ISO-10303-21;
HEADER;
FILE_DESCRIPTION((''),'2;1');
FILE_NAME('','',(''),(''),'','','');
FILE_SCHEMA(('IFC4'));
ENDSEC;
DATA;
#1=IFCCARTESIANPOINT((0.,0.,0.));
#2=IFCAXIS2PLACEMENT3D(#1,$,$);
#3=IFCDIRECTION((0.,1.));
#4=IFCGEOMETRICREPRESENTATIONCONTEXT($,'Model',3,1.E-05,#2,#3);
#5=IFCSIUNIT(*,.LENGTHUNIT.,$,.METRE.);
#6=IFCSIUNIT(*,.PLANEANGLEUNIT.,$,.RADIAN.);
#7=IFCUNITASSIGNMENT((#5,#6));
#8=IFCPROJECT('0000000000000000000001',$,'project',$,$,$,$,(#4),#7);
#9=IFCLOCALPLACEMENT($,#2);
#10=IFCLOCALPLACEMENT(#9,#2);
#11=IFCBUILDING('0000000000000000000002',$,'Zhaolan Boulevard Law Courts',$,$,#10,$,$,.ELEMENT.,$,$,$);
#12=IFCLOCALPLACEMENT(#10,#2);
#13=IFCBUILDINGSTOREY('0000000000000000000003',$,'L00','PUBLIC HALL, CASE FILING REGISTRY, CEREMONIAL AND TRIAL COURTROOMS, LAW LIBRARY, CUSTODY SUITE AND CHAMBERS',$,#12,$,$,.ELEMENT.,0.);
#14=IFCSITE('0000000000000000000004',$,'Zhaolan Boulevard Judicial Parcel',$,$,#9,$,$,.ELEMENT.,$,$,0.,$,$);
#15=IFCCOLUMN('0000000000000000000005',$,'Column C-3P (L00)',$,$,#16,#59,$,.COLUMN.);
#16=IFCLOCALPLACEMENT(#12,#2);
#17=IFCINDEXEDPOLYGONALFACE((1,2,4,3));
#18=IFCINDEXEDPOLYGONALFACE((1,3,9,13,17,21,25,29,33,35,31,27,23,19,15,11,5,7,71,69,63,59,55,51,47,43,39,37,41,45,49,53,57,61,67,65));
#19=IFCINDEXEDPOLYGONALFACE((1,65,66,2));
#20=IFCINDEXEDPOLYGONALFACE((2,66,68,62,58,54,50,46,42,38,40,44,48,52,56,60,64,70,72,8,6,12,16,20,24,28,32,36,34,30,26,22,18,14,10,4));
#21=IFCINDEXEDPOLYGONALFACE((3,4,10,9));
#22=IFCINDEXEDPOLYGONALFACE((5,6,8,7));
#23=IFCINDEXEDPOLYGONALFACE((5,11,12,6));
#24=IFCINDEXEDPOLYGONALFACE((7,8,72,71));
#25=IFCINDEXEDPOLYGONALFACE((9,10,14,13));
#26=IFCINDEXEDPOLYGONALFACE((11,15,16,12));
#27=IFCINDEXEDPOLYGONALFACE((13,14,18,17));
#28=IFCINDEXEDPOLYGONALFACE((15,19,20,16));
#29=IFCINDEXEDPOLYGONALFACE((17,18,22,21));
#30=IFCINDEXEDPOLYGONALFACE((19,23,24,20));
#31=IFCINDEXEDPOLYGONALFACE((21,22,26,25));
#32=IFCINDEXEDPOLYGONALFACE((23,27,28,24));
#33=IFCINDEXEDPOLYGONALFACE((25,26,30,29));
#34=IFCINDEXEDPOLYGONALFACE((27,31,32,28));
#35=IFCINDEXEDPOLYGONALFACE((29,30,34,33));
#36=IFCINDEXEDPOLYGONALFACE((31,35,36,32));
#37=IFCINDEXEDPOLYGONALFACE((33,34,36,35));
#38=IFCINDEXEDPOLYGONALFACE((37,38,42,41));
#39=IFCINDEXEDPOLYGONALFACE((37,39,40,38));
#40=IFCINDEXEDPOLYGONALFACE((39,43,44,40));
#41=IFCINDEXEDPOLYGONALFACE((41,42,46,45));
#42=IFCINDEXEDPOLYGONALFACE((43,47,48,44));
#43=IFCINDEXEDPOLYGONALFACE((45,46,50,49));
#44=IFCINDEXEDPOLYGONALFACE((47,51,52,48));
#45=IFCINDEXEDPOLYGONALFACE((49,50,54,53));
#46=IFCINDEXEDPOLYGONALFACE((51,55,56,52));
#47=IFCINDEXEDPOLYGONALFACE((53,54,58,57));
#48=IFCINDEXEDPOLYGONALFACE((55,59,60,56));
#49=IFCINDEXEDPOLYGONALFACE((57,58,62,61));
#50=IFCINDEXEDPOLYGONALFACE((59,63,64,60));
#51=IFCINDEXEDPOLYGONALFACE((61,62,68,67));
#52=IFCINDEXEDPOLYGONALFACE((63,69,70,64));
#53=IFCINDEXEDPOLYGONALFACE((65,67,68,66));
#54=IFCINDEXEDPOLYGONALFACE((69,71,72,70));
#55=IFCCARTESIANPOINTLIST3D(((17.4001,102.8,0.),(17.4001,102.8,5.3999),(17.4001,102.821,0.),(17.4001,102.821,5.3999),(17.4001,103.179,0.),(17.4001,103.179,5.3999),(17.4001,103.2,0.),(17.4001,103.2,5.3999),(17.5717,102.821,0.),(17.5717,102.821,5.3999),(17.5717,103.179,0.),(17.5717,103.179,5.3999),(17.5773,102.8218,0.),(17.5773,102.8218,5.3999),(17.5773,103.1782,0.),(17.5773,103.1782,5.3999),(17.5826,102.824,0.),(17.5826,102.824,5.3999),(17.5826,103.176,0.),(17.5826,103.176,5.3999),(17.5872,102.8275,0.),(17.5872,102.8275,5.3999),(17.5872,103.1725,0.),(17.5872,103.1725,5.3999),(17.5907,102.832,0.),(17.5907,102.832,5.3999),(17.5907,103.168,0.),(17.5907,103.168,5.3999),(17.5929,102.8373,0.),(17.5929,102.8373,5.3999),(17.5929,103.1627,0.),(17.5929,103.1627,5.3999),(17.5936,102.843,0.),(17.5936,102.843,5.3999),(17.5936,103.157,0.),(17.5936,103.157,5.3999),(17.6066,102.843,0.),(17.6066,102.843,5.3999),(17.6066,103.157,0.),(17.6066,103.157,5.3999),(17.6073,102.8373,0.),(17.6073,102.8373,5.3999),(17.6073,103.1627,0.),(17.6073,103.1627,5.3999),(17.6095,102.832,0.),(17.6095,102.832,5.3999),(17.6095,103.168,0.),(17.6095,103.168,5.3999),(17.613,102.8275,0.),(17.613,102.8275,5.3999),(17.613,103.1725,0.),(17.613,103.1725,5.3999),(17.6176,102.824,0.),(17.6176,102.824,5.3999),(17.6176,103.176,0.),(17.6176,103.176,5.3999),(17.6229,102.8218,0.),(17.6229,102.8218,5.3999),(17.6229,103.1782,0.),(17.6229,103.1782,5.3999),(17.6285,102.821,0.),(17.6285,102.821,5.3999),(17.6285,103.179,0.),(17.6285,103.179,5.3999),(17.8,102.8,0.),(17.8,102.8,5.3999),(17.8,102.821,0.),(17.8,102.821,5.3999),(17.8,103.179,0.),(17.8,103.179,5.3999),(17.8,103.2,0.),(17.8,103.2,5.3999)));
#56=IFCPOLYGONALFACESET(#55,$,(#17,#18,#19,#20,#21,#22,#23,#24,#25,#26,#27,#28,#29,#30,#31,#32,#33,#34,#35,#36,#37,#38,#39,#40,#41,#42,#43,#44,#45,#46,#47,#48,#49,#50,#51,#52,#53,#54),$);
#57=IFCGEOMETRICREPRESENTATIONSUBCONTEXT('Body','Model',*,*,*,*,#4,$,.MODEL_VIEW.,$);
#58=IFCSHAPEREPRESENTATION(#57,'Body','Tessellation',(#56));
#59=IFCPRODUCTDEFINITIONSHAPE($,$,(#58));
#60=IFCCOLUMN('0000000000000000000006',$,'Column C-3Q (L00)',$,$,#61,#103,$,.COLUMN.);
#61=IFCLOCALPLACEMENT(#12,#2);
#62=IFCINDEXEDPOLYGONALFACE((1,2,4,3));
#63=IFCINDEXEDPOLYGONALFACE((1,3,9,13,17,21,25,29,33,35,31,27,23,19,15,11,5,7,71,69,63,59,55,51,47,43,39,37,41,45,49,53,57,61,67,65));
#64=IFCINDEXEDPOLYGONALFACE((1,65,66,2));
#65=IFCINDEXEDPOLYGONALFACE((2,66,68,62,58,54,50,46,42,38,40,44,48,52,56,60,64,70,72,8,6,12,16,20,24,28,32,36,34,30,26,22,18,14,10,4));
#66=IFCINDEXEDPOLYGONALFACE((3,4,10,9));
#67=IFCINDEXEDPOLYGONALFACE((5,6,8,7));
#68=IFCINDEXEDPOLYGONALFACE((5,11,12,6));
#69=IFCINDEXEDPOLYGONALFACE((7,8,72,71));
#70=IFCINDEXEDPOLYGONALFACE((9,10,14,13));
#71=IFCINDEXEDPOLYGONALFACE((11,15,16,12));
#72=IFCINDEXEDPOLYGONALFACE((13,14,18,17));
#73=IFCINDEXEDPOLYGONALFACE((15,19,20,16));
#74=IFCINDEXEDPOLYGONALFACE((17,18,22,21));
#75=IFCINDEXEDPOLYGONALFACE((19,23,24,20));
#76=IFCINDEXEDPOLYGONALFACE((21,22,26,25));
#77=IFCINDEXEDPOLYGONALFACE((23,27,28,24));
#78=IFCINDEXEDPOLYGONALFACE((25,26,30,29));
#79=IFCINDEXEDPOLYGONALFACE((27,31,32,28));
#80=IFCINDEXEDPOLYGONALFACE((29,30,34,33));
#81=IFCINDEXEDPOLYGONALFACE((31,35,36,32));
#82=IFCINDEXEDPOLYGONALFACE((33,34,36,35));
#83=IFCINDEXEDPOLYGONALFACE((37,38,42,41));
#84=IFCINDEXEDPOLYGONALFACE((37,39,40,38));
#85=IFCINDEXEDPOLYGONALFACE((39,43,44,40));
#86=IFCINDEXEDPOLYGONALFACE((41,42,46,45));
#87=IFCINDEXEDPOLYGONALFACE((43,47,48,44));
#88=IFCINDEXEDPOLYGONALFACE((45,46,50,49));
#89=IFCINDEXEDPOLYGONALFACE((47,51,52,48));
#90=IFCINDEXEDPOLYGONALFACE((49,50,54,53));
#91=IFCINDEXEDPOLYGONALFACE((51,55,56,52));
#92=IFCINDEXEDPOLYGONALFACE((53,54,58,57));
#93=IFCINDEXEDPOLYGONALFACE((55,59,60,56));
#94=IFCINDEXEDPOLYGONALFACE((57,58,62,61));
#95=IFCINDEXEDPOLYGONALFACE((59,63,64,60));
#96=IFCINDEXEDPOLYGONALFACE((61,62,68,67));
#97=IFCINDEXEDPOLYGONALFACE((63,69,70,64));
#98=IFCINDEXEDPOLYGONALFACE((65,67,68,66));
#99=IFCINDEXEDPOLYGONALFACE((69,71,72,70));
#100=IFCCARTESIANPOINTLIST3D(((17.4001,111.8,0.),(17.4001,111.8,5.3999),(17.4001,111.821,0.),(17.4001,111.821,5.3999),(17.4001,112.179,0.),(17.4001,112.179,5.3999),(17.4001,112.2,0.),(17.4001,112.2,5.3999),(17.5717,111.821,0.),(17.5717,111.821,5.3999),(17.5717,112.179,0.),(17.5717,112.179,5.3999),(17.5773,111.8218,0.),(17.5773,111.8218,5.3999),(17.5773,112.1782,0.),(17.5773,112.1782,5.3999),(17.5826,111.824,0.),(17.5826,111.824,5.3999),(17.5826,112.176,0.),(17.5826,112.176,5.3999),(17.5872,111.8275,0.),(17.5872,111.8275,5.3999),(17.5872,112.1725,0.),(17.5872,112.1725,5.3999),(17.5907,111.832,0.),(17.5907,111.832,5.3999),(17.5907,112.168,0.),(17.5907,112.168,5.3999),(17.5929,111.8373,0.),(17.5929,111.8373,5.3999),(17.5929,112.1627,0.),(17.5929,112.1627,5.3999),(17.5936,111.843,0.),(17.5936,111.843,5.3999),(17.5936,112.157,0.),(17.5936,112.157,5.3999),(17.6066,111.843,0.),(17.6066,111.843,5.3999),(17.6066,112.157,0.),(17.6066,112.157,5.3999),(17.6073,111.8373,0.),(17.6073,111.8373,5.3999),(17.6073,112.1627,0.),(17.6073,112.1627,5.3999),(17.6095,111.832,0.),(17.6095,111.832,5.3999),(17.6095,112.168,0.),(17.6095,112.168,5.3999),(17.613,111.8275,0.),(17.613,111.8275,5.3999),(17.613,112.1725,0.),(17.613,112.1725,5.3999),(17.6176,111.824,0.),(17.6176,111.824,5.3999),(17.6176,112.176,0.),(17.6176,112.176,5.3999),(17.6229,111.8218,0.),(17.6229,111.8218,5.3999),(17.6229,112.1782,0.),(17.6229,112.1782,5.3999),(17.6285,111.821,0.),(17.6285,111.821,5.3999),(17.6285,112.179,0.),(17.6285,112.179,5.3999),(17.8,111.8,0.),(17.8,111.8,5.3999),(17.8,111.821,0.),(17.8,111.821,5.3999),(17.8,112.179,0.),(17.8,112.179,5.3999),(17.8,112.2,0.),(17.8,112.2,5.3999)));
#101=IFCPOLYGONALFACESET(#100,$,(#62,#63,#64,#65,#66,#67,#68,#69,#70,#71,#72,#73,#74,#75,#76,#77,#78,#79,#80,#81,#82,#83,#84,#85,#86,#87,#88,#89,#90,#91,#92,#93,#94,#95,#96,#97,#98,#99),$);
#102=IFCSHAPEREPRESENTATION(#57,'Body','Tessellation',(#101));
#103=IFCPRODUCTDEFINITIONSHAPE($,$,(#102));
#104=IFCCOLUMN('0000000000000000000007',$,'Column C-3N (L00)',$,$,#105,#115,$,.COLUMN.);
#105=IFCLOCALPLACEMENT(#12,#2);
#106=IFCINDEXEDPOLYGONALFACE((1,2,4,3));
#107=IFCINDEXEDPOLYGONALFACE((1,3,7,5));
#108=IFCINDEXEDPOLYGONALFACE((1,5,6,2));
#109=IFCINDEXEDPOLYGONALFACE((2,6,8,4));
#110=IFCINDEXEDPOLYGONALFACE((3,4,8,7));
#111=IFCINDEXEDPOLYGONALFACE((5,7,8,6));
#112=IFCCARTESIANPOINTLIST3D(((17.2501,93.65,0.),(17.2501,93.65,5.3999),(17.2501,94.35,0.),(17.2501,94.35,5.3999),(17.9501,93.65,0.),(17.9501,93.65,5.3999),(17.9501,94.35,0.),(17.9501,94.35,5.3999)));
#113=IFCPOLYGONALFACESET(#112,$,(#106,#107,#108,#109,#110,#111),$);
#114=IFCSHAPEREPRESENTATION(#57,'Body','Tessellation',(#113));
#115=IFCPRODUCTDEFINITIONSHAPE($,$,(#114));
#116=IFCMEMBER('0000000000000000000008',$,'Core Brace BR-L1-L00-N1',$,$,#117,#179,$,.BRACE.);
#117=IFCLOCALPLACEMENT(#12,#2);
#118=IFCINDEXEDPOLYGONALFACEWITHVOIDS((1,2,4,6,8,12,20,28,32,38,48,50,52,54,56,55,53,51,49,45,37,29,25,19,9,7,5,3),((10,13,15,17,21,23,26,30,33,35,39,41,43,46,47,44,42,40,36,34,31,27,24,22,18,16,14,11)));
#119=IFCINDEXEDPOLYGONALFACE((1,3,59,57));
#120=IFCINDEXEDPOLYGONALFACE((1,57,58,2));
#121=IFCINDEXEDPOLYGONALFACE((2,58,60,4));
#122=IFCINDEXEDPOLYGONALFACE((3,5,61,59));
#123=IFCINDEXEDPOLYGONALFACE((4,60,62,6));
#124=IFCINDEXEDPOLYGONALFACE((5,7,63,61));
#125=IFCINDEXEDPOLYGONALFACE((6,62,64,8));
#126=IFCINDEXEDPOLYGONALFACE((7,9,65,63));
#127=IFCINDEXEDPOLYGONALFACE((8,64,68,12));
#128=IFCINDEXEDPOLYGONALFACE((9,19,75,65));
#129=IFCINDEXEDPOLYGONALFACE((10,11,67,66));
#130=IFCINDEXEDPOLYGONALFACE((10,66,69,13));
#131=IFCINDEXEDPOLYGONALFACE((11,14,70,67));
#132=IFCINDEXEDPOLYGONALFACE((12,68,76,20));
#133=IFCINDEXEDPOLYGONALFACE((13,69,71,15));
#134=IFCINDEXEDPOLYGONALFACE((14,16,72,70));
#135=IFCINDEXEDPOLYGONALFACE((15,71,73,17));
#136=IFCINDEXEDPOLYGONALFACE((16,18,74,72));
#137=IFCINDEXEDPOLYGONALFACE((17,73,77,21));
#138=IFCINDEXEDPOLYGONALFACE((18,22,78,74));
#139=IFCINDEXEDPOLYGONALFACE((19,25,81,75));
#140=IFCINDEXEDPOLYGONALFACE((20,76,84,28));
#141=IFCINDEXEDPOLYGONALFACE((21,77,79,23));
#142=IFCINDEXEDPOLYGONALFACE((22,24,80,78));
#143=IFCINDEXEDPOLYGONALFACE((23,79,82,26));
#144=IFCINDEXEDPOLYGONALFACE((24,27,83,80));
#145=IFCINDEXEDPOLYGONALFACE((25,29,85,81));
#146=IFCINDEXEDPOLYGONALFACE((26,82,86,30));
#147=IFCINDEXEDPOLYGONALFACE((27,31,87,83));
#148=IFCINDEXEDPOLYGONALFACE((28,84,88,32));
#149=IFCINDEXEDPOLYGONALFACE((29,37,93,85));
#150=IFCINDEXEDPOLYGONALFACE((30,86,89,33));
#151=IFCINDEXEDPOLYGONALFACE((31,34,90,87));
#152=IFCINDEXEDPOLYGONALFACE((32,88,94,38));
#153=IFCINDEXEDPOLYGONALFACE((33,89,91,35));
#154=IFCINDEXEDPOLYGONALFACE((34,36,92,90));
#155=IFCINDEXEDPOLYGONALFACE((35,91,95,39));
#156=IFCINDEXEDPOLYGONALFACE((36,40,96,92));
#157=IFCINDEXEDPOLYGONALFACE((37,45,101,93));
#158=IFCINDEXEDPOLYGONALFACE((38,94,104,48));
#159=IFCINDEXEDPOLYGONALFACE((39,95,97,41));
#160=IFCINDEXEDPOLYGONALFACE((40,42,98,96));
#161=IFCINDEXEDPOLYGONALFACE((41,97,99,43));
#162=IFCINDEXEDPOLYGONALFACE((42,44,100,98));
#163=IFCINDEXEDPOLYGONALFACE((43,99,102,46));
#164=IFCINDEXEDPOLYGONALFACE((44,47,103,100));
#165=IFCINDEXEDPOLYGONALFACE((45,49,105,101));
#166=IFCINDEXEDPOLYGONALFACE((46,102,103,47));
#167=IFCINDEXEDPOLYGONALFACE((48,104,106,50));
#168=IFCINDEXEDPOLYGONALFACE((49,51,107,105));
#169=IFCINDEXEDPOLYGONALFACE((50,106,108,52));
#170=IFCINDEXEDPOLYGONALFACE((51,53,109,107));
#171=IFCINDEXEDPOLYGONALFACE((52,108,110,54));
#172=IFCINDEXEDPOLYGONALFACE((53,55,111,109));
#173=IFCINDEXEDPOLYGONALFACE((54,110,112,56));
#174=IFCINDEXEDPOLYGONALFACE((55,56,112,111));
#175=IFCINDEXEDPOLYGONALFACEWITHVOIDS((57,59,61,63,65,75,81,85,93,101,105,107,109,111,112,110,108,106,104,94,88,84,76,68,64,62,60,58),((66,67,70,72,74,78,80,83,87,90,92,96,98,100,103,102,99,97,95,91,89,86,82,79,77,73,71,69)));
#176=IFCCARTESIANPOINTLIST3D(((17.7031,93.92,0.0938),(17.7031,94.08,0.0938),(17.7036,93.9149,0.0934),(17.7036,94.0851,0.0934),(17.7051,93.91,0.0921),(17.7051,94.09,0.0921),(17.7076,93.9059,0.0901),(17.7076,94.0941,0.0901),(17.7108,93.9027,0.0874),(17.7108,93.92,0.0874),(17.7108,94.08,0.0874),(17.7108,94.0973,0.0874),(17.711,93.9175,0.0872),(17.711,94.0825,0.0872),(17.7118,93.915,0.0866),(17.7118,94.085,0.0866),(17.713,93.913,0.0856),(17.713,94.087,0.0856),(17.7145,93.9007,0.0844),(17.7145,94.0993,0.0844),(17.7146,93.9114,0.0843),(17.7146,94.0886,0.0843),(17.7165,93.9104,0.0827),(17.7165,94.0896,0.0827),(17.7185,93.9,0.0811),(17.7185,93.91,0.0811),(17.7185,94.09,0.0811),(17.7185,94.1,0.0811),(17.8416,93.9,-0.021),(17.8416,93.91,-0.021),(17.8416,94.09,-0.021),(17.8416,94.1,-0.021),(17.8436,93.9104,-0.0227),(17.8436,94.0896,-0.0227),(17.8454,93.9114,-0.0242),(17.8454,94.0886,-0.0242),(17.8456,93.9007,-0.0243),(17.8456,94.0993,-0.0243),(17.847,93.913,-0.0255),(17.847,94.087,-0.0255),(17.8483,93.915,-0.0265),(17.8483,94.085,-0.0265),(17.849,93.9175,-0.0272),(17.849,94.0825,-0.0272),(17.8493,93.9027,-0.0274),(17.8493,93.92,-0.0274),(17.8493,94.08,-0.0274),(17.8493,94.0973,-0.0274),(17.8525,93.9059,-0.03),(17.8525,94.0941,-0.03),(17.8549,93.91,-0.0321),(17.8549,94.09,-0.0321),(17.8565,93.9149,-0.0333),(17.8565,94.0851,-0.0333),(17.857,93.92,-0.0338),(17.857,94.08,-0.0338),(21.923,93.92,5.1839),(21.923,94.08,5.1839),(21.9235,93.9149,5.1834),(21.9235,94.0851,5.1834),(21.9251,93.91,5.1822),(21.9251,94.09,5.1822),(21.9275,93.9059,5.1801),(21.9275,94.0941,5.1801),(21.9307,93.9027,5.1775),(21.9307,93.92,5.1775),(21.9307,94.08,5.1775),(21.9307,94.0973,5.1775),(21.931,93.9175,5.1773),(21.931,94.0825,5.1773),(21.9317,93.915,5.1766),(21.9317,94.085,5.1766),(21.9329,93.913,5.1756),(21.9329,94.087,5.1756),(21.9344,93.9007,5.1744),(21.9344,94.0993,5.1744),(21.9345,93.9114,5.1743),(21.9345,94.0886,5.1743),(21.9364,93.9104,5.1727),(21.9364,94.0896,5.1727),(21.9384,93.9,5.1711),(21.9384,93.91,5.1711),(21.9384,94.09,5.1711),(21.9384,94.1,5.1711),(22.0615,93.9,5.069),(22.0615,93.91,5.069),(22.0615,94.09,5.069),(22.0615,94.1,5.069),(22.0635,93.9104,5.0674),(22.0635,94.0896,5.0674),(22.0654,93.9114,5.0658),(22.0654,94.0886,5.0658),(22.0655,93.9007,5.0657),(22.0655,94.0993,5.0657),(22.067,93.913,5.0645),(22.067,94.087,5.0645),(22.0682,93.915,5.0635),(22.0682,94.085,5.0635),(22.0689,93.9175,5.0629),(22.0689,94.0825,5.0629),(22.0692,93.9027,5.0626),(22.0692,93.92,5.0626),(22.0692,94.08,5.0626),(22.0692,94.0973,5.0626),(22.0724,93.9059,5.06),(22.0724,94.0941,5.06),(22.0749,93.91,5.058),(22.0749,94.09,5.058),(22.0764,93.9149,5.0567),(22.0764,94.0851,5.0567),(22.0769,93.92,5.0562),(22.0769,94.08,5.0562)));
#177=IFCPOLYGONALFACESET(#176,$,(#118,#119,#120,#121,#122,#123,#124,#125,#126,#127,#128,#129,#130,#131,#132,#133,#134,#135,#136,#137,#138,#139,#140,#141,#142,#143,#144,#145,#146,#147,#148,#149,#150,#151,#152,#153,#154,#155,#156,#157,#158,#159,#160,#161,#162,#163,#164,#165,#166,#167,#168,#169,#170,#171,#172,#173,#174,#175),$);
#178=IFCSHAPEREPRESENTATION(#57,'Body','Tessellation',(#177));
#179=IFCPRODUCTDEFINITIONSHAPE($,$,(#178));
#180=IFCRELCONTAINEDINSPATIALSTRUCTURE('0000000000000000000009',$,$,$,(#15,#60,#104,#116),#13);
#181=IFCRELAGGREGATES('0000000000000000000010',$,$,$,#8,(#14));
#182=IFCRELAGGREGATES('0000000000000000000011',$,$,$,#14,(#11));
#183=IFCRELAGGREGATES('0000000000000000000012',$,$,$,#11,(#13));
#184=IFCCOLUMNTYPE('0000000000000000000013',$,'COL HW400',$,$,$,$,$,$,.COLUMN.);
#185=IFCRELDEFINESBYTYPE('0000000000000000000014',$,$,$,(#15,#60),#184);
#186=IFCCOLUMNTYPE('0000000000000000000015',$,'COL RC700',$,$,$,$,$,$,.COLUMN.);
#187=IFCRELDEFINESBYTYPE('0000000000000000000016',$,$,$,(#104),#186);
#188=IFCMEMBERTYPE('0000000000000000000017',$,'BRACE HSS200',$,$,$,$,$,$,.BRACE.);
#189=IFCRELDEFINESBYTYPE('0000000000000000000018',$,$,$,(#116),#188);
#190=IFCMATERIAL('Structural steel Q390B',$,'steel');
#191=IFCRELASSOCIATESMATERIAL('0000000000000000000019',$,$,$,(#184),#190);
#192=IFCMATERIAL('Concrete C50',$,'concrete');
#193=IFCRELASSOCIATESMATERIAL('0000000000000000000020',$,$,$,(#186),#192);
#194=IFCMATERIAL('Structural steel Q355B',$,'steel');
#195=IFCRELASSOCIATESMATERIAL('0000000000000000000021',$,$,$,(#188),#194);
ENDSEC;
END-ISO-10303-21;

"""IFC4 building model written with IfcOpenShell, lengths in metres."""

from ifc_helpers import new_model, si_unit, direction, frame, origin, origin_2d, place, context, subcontext, project, spatial, rectangle, hollow_rectangle, i_section, extrude, material, material_profile, profile_set, type_object, element, save


model = new_model("IFC4")

# Units and contexts
model_context = context("Model", 3, precision=1e-05, world=origin(), true_north=direction((0.0, 1.0)))
body_context = subcontext(model_context, "Body", "Model", "MODEL_VIEW")
ifc_project = project(units=[si_unit("LENGTHUNIT", "METRE"), si_unit("PLANEANGLEUNIT", "RADIAN")], contexts=[model_context])

# Site, building, storey
site_placement = place(None, origin())
site = spatial("IfcSite", under=ifc_project, at=site_placement, Name="Zhaolan Boulevard Judicial Parcel", CompositionType="ELEMENT", RefElevation=0.0)
building_placement = place(site_placement, origin())
building = spatial("IfcBuilding", under=site, at=building_placement, Name="Zhaolan Boulevard Law Courts", CompositionType="ELEMENT")
storey_placement = place(building_placement, origin())
storey = spatial("IfcBuildingStorey", under=building, at=storey_placement, Name="L00", Description="PUBLIC HALL, CASE FILING REGISTRY, CEREMONIAL AND TRIAL COURTROOMS, LAW LIBRARY, CUSTODY SUITE AND CHAMBERS", CompositionType="ELEMENT", Elevation=0.0)

# Columns
ifc_material_1 = material(Name="Structural steel Q390B", Category="steel")
ifc_material_profile_1 = material_profile(ifc_material_1, i_section(OverallWidth=0.3999, OverallDepth=0.3999, WebThickness=0.0129, FlangeThickness=0.021, FilletRadius=0.022, at=origin_2d()), Name="HW400x400")
ifc_profile_set_1 = profile_set([ifc_material_profile_1], Name="Structural steel Q390B")
column_type_1 = type_object("IfcColumnType", Name="COL HW400", PredefinedType="COLUMN", material=ifc_profile_set_1)
for number, where, z_axis, x_axis, name in (
    (1, (17.6001, 103.0, 0.0), (0.0, 0.0, 1.0), (1.0, 0.0, 0.0), "Column C-3P (L00)"),
    (2, (17.6001, 112.0, 0.0), (0.0, 0.0, 1.0), (1.0, 0.0, 0.0), "Column C-3Q (L00)"),
):
    element("IfcColumn", number, at=place(storey_placement, frame(where, z_axis=z_axis, x_axis=x_axis)), inside=storey, type_object=column_type_1, Name=name, PredefinedType="COLUMN", context=body_context, shape_type="SweptSolid", body=[
        extrude(i_section(OverallWidth=0.3999, OverallDepth=0.3999, WebThickness=0.0129, FlangeThickness=0.021, FilletRadius=0.022, at=origin_2d()), origin(), (0.0, 0.0, 1.0), 5.3999),
    ])
ifc_material_2 = material(Name="Concrete C50", Category="concrete")
ifc_material_profile_2 = material_profile(ifc_material_2, rectangle(XDim=0.7, YDim=0.7, at=origin_2d()), Name="RC700x700")
ifc_profile_set_2 = profile_set([ifc_material_profile_2], Name="Concrete C50")
column_type_2 = type_object("IfcColumnType", Name="COL RC700", PredefinedType="COLUMN", material=ifc_profile_set_2)
column_placement = place(storey_placement, frame((17.6001, 94.0, 0.0), z_axis=(0.0, 0.0, 1.0), x_axis=(1.0, 0.0, 0.0)))
element("IfcColumn", 3, at=column_placement, inside=storey, type_object=column_type_2, Name="Column C-3N (L00)", PredefinedType="COLUMN", context=body_context, shape_type="SweptSolid", body=[
    extrude(rectangle(XDim=0.7, YDim=0.7, at=origin_2d()), origin(), (0.0, 0.0, 1.0), 5.3999),
])

# Member
ifc_material_3 = material(Name="Structural steel Q355B", Category="steel")
ifc_material_profile_3 = material_profile(ifc_material_3, hollow_rectangle(XDim=0.2, YDim=0.2, WallThickness=0.01, InnerFilletRadius=0.01, OuterFilletRadius=0.02, at=origin_2d()), Name="HSS200x200x10")
ifc_profile_set_3 = profile_set([ifc_material_profile_3], Name="Structural steel Q355B")
member_type = type_object("IfcMemberType", Name="BRACE HSS200", PredefinedType="BRACE", material=ifc_profile_set_3)
member_placement = place(storey_placement, frame((17.78, 94.0, 0.03), z_axis=(0.638239, 0.0, 0.769838), x_axis=(0.0, 1.0, 0.0)))
element("IfcMember", 4, at=member_placement, inside=storey, type_object=member_type, Name="Core Brace BR-L1-L00-N1", PredefinedType="BRACE", context=body_context, shape_type="SweptSolid", body=[
    extrude(hollow_rectangle(XDim=0.2, YDim=0.2, WallThickness=0.01, InnerFilletRadius=0.01, OuterFilletRadius=0.02, at=origin_2d()), origin(), (0.0, 0.0, 1.0), 6.6118),
])

save(model, "model.ifc")
